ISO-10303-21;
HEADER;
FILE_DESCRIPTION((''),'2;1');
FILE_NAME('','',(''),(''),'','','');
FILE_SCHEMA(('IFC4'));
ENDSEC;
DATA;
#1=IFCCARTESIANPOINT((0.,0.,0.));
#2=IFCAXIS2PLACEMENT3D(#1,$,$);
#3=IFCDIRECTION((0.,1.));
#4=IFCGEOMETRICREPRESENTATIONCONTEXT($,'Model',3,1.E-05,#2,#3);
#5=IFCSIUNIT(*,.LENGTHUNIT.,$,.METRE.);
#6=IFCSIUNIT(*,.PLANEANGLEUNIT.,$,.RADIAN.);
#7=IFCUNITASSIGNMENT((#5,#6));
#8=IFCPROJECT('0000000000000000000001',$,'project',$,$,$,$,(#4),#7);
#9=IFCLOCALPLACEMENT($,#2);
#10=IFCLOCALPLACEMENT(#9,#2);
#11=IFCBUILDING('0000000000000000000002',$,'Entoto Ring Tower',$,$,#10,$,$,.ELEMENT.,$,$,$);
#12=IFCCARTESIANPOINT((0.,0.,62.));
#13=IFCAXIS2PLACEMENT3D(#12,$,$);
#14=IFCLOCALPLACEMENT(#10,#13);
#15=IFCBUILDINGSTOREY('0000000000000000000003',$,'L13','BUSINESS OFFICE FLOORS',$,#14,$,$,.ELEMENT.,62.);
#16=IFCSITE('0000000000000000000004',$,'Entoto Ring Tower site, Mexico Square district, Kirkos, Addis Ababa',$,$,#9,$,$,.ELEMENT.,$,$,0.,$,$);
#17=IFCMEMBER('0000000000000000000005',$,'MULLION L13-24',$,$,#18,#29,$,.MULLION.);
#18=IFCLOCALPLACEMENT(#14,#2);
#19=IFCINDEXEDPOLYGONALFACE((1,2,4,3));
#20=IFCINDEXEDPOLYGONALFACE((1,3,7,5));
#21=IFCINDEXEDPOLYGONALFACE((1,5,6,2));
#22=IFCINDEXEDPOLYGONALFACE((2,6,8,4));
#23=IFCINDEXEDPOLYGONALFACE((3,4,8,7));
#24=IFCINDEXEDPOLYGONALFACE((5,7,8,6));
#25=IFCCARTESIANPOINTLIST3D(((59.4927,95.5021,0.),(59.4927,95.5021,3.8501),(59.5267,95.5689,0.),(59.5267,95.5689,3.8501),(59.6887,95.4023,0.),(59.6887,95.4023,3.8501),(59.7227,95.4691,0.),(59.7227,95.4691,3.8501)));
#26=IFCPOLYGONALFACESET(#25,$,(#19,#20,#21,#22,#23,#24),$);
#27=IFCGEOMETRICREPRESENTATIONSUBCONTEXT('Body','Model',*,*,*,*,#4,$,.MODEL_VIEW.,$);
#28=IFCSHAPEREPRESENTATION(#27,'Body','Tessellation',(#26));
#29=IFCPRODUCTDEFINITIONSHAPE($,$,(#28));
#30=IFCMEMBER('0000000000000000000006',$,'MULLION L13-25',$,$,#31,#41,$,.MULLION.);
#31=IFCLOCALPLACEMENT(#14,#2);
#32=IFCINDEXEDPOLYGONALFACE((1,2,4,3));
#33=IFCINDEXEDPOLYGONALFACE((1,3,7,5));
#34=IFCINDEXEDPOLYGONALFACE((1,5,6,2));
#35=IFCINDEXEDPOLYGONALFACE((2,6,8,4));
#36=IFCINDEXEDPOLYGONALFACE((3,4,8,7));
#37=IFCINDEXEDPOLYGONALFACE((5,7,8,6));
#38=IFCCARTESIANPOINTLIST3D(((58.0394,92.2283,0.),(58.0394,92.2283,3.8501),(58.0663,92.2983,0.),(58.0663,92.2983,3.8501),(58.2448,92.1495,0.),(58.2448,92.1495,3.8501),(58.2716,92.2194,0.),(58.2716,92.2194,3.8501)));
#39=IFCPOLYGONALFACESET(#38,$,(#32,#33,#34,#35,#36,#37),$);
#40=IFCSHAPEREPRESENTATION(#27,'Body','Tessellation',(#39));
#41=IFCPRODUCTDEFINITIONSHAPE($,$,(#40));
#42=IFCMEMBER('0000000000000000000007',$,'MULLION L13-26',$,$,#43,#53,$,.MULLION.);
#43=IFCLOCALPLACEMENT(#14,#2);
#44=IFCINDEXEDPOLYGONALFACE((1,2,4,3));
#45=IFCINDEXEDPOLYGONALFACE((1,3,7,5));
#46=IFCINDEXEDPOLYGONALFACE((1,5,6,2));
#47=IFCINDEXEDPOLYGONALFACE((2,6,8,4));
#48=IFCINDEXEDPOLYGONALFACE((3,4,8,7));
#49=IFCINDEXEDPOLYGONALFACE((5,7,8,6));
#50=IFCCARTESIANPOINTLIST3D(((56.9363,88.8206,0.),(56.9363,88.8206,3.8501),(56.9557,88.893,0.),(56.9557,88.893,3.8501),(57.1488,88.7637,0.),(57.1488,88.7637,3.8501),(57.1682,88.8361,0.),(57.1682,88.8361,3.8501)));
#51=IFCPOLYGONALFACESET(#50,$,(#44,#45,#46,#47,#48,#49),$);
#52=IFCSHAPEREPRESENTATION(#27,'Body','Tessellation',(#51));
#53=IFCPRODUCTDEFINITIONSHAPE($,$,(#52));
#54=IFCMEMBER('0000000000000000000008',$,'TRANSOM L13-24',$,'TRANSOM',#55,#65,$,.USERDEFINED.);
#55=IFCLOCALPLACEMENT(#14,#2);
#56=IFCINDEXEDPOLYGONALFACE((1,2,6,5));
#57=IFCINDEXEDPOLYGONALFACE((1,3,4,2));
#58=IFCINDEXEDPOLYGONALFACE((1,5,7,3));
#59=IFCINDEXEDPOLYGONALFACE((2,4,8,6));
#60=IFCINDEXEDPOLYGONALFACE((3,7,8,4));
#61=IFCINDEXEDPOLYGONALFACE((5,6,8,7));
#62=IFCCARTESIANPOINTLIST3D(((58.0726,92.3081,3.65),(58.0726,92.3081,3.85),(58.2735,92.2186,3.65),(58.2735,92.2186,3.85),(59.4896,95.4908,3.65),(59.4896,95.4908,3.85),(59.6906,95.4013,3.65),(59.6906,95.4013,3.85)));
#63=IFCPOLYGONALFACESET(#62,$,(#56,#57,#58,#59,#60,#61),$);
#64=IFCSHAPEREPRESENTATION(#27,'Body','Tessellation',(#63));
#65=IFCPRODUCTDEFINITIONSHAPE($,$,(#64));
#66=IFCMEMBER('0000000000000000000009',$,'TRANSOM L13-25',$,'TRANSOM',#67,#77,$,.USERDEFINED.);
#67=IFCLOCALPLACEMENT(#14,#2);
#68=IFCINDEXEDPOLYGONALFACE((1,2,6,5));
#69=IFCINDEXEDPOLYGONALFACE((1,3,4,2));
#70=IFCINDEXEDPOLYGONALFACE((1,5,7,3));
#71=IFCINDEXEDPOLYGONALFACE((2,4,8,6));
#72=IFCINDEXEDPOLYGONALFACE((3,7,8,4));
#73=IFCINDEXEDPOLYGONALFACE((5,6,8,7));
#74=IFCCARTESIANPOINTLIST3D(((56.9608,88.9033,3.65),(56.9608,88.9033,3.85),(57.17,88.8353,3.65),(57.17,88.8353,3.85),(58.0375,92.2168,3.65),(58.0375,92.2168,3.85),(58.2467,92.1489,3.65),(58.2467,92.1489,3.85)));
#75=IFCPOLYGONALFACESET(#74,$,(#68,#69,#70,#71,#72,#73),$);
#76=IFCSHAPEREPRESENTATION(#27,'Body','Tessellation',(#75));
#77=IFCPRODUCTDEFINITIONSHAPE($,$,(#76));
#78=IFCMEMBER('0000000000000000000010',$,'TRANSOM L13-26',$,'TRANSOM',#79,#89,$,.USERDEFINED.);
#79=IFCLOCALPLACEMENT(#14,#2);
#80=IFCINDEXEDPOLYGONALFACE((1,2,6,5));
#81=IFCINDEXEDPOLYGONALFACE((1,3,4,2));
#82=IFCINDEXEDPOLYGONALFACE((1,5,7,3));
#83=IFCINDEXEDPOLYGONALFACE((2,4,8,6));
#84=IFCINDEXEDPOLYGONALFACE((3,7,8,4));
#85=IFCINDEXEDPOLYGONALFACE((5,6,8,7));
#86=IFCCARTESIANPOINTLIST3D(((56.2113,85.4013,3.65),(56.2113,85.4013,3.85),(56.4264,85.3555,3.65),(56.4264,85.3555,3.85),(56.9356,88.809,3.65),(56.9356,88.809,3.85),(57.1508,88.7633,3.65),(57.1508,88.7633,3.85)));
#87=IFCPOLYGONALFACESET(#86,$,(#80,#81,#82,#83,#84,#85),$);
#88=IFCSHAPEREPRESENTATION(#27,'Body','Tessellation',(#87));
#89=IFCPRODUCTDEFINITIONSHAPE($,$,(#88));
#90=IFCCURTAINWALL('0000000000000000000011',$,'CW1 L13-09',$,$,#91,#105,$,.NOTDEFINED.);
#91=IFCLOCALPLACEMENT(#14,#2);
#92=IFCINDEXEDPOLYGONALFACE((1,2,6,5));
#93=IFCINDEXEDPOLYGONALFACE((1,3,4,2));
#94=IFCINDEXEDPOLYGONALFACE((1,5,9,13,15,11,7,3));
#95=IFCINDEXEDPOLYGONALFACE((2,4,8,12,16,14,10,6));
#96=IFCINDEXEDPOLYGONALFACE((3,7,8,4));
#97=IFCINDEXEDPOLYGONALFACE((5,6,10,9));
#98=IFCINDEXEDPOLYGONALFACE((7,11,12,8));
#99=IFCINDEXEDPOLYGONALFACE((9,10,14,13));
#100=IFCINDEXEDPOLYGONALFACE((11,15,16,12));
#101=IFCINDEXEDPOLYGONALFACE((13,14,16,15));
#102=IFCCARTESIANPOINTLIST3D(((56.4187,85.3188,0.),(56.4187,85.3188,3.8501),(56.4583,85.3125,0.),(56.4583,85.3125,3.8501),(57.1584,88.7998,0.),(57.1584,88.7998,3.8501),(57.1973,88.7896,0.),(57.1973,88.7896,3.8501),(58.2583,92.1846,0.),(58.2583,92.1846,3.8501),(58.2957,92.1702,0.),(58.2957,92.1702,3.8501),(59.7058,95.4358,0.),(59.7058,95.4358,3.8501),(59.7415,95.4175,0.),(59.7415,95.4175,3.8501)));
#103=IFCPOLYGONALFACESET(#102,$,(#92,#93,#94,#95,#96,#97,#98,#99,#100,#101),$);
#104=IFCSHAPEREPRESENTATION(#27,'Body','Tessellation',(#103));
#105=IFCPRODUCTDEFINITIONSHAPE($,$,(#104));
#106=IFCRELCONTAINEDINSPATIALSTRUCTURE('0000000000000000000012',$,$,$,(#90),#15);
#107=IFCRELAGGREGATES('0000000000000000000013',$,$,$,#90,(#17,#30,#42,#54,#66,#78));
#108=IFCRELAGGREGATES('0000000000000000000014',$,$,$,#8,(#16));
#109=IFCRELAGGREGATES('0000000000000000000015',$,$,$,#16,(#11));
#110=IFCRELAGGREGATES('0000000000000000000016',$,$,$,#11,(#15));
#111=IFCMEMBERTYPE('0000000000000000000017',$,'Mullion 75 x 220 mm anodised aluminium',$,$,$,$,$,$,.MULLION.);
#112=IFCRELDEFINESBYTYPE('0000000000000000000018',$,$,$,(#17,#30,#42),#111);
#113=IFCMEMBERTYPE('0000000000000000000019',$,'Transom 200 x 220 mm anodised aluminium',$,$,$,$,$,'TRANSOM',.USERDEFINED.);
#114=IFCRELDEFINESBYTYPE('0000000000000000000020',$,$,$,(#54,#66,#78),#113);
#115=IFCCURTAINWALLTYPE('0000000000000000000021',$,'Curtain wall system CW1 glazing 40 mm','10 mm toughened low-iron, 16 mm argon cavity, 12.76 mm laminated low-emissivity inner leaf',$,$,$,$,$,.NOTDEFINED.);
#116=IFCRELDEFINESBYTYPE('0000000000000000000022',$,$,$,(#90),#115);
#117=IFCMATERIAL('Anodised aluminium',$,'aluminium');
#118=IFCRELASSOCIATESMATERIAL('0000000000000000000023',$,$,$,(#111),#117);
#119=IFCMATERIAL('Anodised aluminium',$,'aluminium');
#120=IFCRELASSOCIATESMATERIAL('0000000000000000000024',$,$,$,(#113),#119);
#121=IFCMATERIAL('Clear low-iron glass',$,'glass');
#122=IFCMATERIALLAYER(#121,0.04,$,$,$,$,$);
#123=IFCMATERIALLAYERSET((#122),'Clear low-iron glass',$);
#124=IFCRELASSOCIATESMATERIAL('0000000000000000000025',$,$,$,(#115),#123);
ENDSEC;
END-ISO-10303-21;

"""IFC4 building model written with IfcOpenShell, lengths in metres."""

from ifc_helpers import new_model, si_unit, direction, frame, origin, origin_2d, place, context, subcontext, project, spatial, polyline, rectangle, outline, extrude, material, layer, layer_set, material_profile, profile_set, type_object, element, aggregate, save


model = new_model("IFC4")

# Units and contexts
model_context = context("Model", 3, precision=1e-05, world=origin(), true_north=direction((0.0, 1.0)))
body_context = subcontext(model_context, "Body", "Model", "MODEL_VIEW")
ifc_project = project(units=[si_unit("LENGTHUNIT", "METRE"), si_unit("PLANEANGLEUNIT", "RADIAN")], contexts=[model_context])

# Members
ifc_material_1 = material(Name="Anodised aluminium", Category="aluminium")
ifc_material_profile_1 = material_profile(ifc_material_1, rectangle(XDim=0.075, YDim=0.22, at=origin_2d()), Name="Mullion 75 x 220 mm anodised aluminium")
ifc_profile_set_1 = profile_set([ifc_material_profile_1], Name="Anodised aluminium")
member_type_1 = type_object("IfcMemberType", Name="Mullion 75 x 220 mm anodised aluminium", PredefinedType="MULLION", material=ifc_profile_set_1)
site_placement = place(None, origin())
building_placement = place(site_placement, origin())
storey_placement = place(building_placement, frame((0.0, 0.0, 62.0)))
member_1_placement = place(storey_placement, frame((59.6077, 95.4856, 0.0), z_axis=(0.0, 0.0, 1.0), x_axis=(-0.45399, -0.891007, 0.0)))
member_1 = element("IfcMember", 1, at=member_1_placement, type_object=member_type_1, Name="MULLION L13-24", PredefinedType="MULLION", context=body_context, shape_type="SweptSolid", body=[
    extrude(rectangle(XDim=0.075, YDim=0.22, at=origin_2d()), origin(), (0.0, 0.0, 1.0), 3.8501),
])
member_2_placement = place(storey_placement, frame((58.1555, 92.2239, 0.0), z_axis=(0.0, 0.0, 1.0), x_axis=(-0.358368, -0.93358, 0.0)))
member_2 = element("IfcMember", 2, at=member_2_placement, type_object=member_type_1, Name="MULLION L13-25", PredefinedType="MULLION", context=body_context, shape_type="SweptSolid", body=[
    extrude(rectangle(XDim=0.075, YDim=0.22, at=origin_2d()), origin(), (0.0, 0.0, 1.0), 3.8501),
])
member_3_placement = place(storey_placement, frame((57.0522, 88.8284, 0.0), z_axis=(0.0, 0.0, 1.0), x_axis=(-0.258819, -0.965926, 0.0)))
member_3 = element("IfcMember", 3, at=member_3_placement, type_object=member_type_1, Name="MULLION L13-26", PredefinedType="MULLION", context=body_context, shape_type="SweptSolid", body=[
    extrude(rectangle(XDim=0.075, YDim=0.22, at=origin_2d()), origin(), (0.0, 0.0, 1.0), 3.8501),
])
ifc_material_2 = material(Name="Anodised aluminium", Category="aluminium")
ifc_material_profile_2 = material_profile(ifc_material_2, rectangle(XDim=0.22, YDim=0.2, at=origin_2d()), Name="Transom 200 x 220 mm anodised aluminium")
ifc_profile_set_2 = profile_set([ifc_material_profile_2], Name="Anodised aluminium")
member_type_2 = type_object("IfcMemberType", Name="Transom 200 x 220 mm anodised aluminium", ElementType="TRANSOM", PredefinedType="USERDEFINED", material=ifc_profile_set_2)
member_4_placement = place(storey_placement, frame((59.5901, 95.446, 3.75), z_axis=(-0.406737, -0.913545, 0.0), x_axis=(0.913545, -0.406737, 0.0)))
member_4 = element("IfcMember", 4, at=member_4_placement, type_object=member_type_2, Name="TRANSOM L13-24", ObjectType="TRANSOM", PredefinedType="USERDEFINED", context=body_context, shape_type="SweptSolid", body=[
    extrude(rectangle(XDim=0.22, YDim=0.2, at=origin_2d()), origin(), (0.0, 0.0, 1.0), 3.4839),
])
member_5_placement = place(storey_placement, frame((58.1421, 92.1829, 3.75), z_axis=(-0.309029, -0.951053, 0.0), x_axis=(0.951053, -0.309029, 0.0)))
member_5 = element("IfcMember", 5, at=member_5_placement, type_object=member_type_2, Name="TRANSOM L13-25", ObjectType="TRANSOM", PredefinedType="USERDEFINED", context=body_context, shape_type="SweptSolid", body=[
    extrude(rectangle(XDim=0.22, YDim=0.2, at=origin_2d()), origin(), (0.0, 0.0, 1.0), 3.4841),
])
member_6_placement = place(storey_placement, frame((57.0432, 88.7861, 3.75), z_axis=(-0.207921, -0.978146, 0.0), x_axis=(0.978146, -0.207921, 0.0)))
member_6 = element("IfcMember", 6, at=member_6_placement, type_object=member_type_2, Name="TRANSOM L13-26", ObjectType="TRANSOM", PredefinedType="USERDEFINED", context=body_context, shape_type="SweptSolid", body=[
    extrude(rectangle(XDim=0.22, YDim=0.2, at=origin_2d()), origin(), (0.0, 0.0, 1.0), 3.4839),
])

# Site, building, storey
site = spatial("IfcSite", under=ifc_project, at=site_placement, Name="Entoto Ring Tower site, Mexico Square district, Kirkos, Addis Ababa", CompositionType="ELEMENT", RefElevation=0.0)
building = spatial("IfcBuilding", under=site, at=building_placement, Name="Entoto Ring Tower", CompositionType="ELEMENT")
storey = spatial("IfcBuildingStorey", under=building, at=storey_placement, Name="L13", Description="BUSINESS OFFICE FLOORS", CompositionType="ELEMENT", Elevation=62.0)

# Curtain wall
ifc_material_3 = material(Name="Clear low-iron glass", Category="glass")
ifc_layer = layer(ifc_material_3, 0.04)
ifc_layer_set = layer_set([ifc_layer], Name="Clear low-iron glass")
curtain_wall_type = type_object("IfcCurtainWallType", Name="Curtain wall system CW1 glazing 40 mm", Description="10 mm toughened low-iron, 16 mm argon cavity, 12.76 mm laminated low-emissivity inner leaf", PredefinedType="NOTDEFINED", material=ifc_layer_set)
curtain_wall_1_placement = place(storey_placement, origin())
curtain_wall_1 = element("IfcCurtainWall", 7, at=curtain_wall_1_placement, inside=storey, type_object=curtain_wall_type, Name="CW1 L13-09", PredefinedType="NOTDEFINED", context=body_context, shape_type="SweptSolid", body=[
    extrude(outline(polyline([(59.7058, 95.4358), (58.2583, 92.1846), (57.1584, 88.7998), (56.4187, 85.3188), (56.4583, 85.3125), (57.1973, 88.7896), (58.2957, 92.1702), (59.7415, 95.4175), (59.7058, 95.4358)])), origin(), (0.0, 0.0, 1.0), 3.8501),
])
aggregate(curtain_wall_1, [member_1, member_2, member_3, member_4, member_5, member_6])

save(model, "model.ifc")
